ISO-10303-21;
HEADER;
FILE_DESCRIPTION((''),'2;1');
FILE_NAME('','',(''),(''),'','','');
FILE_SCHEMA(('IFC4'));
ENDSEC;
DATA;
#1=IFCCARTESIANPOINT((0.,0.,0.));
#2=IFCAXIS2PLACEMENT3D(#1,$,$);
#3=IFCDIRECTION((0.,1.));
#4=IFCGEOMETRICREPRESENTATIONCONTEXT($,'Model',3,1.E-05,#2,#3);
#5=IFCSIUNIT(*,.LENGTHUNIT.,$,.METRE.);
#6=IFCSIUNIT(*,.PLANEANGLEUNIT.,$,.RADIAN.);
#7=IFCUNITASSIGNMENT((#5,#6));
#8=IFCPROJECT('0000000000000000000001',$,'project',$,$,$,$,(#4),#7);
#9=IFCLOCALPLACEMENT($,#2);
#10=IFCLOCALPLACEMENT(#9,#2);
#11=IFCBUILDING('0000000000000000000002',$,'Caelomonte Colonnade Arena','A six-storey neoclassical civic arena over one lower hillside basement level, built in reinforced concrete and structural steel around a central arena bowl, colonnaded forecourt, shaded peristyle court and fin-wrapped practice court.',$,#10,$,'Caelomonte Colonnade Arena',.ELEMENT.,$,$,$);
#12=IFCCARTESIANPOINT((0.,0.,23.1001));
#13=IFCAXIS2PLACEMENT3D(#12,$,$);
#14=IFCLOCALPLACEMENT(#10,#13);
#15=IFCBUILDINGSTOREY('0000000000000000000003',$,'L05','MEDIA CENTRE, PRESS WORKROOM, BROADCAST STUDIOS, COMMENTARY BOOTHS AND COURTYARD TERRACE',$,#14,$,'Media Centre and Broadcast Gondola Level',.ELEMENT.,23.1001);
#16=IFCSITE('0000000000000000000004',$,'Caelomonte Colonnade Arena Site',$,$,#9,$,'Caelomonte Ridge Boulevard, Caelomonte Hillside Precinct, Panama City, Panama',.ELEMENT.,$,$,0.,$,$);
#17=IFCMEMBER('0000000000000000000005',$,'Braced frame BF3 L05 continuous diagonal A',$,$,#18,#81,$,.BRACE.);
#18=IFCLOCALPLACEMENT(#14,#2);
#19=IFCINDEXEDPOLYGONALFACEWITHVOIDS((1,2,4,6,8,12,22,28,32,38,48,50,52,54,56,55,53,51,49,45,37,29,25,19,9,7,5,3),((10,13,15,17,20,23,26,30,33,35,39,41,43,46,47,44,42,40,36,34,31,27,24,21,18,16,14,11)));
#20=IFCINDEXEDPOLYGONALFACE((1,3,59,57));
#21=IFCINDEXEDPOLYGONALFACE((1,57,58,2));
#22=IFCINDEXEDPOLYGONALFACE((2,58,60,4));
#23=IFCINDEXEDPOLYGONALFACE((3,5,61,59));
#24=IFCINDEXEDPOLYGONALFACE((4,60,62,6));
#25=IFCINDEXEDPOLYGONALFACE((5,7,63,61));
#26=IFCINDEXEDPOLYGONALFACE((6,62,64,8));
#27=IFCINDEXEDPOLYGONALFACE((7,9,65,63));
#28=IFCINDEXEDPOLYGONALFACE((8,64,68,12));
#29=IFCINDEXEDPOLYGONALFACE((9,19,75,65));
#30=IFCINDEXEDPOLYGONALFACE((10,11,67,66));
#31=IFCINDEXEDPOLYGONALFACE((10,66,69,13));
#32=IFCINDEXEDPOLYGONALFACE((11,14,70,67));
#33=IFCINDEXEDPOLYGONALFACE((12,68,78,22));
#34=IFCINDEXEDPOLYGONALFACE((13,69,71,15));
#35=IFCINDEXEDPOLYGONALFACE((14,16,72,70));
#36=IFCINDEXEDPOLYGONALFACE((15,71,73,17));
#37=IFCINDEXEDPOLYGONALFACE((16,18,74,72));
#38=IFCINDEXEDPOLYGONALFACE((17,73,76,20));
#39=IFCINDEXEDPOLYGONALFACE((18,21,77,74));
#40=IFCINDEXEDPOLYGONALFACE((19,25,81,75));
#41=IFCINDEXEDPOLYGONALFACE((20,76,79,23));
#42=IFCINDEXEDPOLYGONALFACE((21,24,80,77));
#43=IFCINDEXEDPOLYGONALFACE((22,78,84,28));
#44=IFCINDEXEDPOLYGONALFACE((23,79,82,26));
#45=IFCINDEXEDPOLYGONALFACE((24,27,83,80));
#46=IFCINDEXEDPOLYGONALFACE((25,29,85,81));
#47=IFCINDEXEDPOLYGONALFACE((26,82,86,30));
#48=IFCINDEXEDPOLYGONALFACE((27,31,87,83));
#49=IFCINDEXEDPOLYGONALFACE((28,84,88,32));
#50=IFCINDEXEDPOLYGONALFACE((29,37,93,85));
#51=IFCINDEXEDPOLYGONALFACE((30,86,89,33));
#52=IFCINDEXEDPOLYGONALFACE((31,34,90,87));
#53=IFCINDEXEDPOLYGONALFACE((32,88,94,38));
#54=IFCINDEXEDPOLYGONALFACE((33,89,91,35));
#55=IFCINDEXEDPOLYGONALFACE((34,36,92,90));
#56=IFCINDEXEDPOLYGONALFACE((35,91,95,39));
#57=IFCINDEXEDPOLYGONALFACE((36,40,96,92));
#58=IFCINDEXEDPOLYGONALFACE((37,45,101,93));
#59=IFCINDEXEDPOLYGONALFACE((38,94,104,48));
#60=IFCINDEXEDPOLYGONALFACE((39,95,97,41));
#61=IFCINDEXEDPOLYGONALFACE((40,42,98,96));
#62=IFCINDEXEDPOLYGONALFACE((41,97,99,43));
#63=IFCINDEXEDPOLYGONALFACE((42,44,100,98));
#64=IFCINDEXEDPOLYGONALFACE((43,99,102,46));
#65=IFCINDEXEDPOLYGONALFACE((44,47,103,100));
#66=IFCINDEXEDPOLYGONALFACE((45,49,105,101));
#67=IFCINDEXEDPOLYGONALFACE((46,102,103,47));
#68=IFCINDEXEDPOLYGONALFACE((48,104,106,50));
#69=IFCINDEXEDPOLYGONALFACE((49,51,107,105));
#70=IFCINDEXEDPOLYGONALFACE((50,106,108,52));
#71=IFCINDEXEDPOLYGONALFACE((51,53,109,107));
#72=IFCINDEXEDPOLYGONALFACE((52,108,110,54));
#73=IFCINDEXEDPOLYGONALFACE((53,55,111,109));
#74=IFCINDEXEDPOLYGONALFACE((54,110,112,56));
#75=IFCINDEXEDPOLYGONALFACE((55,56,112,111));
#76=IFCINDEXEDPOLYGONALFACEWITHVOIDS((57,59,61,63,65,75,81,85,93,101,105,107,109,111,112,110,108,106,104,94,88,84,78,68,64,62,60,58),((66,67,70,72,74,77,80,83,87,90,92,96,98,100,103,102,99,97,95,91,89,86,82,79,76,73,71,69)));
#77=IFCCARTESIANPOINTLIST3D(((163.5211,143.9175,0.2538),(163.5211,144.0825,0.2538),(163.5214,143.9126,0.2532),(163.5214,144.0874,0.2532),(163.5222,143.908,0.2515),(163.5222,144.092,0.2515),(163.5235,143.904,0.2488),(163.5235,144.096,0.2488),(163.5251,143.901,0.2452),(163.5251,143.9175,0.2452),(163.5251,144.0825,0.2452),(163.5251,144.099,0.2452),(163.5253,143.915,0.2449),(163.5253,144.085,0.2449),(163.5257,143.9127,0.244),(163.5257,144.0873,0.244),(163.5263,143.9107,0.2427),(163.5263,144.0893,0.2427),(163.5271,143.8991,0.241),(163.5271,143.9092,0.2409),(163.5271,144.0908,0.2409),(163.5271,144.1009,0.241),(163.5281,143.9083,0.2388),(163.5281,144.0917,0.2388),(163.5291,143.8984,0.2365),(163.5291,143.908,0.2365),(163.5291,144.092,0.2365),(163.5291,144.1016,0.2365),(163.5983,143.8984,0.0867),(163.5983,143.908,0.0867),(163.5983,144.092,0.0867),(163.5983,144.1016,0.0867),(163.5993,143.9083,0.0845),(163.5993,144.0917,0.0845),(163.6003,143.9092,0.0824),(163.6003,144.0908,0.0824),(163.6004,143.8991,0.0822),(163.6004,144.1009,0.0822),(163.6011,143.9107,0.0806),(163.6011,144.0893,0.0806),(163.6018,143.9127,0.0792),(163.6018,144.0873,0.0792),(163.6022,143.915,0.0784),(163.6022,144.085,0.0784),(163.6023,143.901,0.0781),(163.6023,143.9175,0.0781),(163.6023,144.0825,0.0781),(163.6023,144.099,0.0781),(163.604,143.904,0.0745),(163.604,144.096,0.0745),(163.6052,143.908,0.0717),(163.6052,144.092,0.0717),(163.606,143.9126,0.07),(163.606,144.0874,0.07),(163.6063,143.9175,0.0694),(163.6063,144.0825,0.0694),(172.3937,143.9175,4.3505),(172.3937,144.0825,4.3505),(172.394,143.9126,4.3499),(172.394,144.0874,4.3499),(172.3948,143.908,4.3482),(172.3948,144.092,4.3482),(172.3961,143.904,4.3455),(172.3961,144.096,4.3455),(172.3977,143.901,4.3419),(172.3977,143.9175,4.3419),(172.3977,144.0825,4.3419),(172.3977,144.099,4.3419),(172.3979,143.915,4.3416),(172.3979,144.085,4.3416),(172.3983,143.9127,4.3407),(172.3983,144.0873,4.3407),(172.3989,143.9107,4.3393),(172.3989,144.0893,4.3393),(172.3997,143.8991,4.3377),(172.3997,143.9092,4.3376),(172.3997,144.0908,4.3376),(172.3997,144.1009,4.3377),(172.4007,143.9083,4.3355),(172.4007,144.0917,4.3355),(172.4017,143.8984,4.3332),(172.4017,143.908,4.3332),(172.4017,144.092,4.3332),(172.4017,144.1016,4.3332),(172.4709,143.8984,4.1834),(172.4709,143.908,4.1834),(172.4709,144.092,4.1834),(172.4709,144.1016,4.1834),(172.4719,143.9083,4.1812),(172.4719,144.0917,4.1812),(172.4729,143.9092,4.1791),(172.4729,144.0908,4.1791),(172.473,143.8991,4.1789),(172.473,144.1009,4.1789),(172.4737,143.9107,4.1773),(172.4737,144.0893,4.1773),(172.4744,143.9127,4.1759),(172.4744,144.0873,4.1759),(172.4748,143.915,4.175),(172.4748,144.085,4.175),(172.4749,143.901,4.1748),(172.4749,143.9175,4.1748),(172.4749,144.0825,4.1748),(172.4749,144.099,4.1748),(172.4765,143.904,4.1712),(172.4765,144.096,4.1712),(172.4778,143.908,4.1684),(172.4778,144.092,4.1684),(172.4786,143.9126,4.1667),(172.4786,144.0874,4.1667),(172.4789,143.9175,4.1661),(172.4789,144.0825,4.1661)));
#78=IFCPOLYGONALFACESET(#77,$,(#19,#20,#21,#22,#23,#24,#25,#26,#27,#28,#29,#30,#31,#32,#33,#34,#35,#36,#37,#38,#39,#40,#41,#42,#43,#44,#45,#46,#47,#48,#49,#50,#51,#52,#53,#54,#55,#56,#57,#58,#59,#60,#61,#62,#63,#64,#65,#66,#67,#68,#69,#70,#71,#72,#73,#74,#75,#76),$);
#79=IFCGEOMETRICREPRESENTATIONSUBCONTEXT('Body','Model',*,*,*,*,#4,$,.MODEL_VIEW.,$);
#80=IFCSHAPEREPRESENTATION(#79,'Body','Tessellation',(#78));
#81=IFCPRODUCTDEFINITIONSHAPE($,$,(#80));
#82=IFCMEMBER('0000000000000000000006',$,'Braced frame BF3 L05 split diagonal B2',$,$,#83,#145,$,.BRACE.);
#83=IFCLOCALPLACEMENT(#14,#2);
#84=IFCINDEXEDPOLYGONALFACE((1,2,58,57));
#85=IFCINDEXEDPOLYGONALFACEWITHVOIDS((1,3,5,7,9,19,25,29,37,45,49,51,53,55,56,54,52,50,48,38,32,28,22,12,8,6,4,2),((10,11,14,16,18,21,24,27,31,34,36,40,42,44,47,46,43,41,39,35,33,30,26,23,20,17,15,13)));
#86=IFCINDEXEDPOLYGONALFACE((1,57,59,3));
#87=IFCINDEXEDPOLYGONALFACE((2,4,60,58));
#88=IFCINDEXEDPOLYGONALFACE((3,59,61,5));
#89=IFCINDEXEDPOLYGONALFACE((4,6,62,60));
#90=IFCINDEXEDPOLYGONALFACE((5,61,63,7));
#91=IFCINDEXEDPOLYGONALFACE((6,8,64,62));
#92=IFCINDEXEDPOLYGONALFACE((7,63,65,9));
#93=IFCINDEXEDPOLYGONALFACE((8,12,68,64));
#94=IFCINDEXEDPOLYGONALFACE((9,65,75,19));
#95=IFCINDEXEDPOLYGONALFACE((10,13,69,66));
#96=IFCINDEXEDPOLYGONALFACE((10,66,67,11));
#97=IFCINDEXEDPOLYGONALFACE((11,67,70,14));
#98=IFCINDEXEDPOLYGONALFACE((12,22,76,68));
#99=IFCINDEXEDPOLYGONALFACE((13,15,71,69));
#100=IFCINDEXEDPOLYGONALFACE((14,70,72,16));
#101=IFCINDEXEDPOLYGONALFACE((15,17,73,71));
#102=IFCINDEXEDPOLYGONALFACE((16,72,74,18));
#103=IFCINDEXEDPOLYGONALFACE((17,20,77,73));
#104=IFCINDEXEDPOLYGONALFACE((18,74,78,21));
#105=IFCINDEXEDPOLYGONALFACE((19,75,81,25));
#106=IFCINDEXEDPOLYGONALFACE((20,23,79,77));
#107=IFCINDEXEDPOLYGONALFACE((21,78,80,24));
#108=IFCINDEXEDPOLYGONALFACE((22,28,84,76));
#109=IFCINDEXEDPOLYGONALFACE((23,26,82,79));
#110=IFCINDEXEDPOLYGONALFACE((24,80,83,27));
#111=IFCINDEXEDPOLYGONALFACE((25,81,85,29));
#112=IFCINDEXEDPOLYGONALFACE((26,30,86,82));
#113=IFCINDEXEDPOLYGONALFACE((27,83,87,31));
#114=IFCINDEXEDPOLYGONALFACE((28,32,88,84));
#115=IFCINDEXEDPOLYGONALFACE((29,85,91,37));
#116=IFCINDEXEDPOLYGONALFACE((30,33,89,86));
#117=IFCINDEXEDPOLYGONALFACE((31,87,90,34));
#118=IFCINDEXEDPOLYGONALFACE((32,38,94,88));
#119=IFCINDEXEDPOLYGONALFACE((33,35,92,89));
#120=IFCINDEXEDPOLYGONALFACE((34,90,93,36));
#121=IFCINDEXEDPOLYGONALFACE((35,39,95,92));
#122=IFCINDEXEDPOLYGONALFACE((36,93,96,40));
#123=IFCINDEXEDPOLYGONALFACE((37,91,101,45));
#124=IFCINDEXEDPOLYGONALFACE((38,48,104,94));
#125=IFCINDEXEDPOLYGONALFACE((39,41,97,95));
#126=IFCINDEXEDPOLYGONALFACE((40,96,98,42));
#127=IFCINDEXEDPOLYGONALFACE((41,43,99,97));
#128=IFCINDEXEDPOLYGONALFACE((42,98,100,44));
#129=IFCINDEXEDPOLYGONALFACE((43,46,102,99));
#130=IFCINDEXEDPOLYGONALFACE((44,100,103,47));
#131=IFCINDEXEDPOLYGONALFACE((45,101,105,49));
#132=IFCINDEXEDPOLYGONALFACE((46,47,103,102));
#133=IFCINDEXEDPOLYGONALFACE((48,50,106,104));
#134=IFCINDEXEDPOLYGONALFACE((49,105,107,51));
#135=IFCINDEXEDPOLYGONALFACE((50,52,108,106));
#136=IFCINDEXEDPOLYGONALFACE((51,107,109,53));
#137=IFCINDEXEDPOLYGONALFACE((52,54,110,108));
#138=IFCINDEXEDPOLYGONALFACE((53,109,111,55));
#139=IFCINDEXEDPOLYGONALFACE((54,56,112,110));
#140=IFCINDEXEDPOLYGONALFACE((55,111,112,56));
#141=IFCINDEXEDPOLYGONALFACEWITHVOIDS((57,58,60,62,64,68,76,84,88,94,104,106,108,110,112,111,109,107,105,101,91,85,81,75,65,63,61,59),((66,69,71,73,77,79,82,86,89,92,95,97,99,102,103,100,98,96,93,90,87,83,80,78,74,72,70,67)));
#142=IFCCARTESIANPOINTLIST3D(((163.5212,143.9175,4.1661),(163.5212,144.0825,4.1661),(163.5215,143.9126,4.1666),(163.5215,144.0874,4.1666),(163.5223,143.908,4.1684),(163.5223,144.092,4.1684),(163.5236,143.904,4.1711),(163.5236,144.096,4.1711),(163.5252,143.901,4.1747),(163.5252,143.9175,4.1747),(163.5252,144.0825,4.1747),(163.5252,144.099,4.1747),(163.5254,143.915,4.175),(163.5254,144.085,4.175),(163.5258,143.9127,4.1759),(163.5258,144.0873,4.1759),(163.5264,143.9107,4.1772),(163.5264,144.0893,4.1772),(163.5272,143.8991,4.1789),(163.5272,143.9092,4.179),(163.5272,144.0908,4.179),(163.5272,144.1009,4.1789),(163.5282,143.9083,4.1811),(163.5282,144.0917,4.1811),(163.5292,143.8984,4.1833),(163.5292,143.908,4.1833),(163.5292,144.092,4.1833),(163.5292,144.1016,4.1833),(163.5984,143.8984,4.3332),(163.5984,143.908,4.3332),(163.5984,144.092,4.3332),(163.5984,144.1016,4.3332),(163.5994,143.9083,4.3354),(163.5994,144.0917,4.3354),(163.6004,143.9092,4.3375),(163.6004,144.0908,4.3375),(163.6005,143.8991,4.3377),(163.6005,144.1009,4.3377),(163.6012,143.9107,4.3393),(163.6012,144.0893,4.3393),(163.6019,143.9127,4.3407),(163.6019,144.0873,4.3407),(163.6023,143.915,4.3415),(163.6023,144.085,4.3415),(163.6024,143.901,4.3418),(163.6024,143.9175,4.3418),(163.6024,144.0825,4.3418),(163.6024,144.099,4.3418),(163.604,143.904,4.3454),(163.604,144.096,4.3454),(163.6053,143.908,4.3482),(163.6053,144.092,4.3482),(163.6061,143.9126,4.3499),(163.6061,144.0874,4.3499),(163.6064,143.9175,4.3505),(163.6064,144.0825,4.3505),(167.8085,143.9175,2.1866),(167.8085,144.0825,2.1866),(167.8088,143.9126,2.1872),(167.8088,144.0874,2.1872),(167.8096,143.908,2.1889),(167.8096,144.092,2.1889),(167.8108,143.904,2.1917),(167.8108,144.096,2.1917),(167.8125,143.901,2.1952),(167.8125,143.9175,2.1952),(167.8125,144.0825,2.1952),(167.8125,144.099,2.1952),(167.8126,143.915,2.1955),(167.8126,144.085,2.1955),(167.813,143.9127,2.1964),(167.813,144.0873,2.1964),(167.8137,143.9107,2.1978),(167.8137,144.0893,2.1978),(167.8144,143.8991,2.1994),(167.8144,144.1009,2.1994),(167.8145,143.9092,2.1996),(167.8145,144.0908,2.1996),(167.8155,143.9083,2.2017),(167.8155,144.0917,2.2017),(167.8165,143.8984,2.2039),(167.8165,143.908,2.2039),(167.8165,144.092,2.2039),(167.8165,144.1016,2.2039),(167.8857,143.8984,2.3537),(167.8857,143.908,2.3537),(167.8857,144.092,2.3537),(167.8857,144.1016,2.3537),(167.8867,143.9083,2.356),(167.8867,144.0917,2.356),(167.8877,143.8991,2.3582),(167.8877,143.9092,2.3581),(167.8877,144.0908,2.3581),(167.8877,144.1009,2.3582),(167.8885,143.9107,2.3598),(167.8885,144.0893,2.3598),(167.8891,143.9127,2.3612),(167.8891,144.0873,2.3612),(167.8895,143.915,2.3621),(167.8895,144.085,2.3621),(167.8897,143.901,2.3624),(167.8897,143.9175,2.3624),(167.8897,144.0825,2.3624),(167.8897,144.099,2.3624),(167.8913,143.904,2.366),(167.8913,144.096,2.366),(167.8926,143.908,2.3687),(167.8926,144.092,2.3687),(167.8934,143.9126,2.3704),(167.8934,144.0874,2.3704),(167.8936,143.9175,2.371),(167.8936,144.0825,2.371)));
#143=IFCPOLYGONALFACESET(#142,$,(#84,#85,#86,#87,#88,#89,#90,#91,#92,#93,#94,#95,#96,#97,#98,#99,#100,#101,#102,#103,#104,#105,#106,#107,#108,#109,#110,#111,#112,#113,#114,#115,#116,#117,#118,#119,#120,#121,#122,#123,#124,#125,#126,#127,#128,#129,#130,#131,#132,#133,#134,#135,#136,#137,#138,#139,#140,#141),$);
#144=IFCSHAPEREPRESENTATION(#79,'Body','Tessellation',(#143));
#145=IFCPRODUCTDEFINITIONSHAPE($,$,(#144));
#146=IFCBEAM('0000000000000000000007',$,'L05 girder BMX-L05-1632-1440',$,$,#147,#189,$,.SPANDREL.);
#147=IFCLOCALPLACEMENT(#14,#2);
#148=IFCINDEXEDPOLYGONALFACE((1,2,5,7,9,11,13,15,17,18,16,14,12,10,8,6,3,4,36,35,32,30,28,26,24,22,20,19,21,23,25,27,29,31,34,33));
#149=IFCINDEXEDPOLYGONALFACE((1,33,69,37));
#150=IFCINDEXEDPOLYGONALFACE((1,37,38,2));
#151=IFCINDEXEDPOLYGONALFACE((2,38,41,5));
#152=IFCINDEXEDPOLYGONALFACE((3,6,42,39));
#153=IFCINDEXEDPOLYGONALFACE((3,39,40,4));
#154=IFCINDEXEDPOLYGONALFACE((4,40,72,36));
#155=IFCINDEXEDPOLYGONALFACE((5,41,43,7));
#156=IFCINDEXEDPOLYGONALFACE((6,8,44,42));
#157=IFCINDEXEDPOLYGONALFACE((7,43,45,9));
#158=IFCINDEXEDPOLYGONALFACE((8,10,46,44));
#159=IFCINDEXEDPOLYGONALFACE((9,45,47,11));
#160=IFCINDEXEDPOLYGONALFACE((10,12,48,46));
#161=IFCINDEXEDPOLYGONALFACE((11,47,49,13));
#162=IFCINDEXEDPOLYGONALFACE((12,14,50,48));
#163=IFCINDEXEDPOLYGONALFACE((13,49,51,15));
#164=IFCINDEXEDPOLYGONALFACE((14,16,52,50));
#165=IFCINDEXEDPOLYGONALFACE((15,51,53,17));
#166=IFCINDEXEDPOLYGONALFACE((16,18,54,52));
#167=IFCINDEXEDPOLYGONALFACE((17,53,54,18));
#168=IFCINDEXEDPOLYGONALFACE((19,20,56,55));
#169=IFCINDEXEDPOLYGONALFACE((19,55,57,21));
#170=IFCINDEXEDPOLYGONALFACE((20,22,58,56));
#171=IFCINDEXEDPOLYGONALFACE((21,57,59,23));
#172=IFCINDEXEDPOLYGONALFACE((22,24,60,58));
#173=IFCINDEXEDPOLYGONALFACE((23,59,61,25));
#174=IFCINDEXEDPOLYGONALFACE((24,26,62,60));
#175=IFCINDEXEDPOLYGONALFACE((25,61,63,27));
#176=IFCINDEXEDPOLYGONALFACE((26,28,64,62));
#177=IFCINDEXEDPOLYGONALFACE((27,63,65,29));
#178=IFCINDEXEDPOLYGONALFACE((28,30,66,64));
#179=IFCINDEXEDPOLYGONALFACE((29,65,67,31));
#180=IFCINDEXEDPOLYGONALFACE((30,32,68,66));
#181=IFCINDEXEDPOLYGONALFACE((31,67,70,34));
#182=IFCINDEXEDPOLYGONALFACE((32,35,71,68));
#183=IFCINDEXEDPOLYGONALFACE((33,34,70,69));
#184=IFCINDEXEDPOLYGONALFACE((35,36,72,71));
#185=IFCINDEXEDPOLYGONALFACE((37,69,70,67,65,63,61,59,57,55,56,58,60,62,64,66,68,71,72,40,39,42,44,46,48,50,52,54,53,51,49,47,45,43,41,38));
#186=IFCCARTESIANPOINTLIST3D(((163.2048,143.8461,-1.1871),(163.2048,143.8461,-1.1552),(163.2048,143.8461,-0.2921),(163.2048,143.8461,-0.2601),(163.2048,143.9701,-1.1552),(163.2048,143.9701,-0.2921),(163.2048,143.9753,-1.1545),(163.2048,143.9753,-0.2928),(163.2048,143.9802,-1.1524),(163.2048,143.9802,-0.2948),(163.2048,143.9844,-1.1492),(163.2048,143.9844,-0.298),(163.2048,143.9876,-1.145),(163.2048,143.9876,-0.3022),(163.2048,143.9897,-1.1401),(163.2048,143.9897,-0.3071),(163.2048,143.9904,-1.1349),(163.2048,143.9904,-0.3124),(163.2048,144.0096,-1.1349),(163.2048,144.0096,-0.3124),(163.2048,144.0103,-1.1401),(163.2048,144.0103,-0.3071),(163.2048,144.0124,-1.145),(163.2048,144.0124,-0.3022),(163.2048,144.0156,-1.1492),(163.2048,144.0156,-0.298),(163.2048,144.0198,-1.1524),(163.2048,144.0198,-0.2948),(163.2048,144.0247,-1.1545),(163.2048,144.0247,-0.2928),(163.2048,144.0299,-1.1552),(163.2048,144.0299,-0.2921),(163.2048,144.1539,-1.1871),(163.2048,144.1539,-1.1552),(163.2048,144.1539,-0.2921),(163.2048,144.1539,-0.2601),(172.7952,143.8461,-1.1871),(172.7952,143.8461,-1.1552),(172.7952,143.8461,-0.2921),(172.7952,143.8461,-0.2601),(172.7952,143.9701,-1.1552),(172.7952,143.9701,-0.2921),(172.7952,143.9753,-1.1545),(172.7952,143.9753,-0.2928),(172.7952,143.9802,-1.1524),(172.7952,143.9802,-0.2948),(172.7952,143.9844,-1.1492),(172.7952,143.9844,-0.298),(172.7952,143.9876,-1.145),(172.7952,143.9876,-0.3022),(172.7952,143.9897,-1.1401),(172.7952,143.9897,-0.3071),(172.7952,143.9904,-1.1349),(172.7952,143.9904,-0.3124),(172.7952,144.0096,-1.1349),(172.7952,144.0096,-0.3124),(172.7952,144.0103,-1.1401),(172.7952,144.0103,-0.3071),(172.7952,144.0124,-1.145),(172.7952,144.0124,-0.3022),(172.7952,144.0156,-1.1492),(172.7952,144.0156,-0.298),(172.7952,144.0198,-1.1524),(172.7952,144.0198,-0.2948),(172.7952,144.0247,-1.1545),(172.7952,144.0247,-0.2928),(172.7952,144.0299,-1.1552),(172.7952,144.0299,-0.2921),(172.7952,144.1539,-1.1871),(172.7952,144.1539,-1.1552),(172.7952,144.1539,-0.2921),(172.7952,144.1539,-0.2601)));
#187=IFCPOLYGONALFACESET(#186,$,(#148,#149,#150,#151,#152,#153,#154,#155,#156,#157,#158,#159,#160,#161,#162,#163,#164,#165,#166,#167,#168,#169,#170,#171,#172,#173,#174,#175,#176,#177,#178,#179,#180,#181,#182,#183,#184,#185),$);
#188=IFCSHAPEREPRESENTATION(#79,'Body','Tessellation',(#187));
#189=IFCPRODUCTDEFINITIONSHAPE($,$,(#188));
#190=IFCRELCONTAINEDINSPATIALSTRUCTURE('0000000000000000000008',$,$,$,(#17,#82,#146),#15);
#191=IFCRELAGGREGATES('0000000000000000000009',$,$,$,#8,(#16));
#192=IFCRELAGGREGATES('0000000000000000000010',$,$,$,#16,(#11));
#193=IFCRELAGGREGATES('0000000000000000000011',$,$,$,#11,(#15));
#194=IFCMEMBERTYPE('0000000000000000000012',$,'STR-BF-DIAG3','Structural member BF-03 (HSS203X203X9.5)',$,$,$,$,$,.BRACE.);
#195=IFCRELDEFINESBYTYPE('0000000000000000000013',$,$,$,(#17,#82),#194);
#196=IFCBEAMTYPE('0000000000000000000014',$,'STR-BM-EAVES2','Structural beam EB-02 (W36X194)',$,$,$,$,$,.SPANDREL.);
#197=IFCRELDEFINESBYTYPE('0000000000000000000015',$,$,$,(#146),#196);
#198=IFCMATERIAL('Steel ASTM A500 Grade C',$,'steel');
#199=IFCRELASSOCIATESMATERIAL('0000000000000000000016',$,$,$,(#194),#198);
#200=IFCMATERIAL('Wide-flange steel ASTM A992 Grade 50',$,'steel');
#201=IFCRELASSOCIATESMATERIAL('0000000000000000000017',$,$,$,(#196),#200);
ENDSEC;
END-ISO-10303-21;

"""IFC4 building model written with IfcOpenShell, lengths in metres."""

from ifc_helpers import new_model, si_unit, direction, frame, origin, origin_2d, place, context, subcontext, project, spatial, hollow_rectangle, i_section, extrude, material, material_profile, profile_set, type_object, element, save


model = new_model("IFC4")

# Units and contexts
model_context = context("Model", 3, precision=1e-05, world=origin(), true_north=direction((0.0, 1.0)))
body_context = subcontext(model_context, "Body", "Model", "MODEL_VIEW")
ifc_project = project(units=[si_unit("LENGTHUNIT", "METRE"), si_unit("PLANEANGLEUNIT", "RADIAN")], contexts=[model_context])

# Site, building, storey
site_placement = place(None, origin())
site = spatial("IfcSite", under=ifc_project, at=site_placement, Name="Caelomonte Colonnade Arena Site", LongName="Caelomonte Ridge Boulevard, Caelomonte Hillside Precinct, Panama City, Panama", CompositionType="ELEMENT", RefElevation=0.0)
building_placement = place(site_placement, origin())
building = spatial("IfcBuilding", under=site, at=building_placement, Name="Caelomonte Colonnade Arena", Description="A six-storey neoclassical civic arena over one lower hillside basement level, built in reinforced concrete and structural steel around a central arena bowl, colonnaded forecourt, shaded peristyle court and fin-wrapped practice court.", LongName="Caelomonte Colonnade Arena", CompositionType="ELEMENT")
storey_placement = place(building_placement, frame((0.0, 0.0, 23.1001)))
storey = spatial("IfcBuildingStorey", under=building, at=storey_placement, Name="L05", Description="MEDIA CENTRE, PRESS WORKROOM, BROADCAST STUDIOS, COMMENTARY BOOTHS AND COURTYARD TERRACE", LongName="Media Centre and Broadcast Gondola Level", CompositionType="ELEMENT", Elevation=23.1001)

# Shared definitions
ifc_material_1 = material(Name="Wide-flange steel ASTM A992 Grade 50", Category="steel")

# Members
ifc_material_2 = material(Name="Steel ASTM A500 Grade C", Category="steel")
ifc_material_profile_1 = material_profile(ifc_material_2, hollow_rectangle(XDim=0.2031, YDim=0.2031, WallThickness=0.0095, InnerFilletRadius=0.0095, OuterFilletRadius=0.019, at=origin_2d()), Name="HSS203X203X9.5")
ifc_profile_set_1 = profile_set([ifc_material_profile_1], Name="Steel ASTM A500 Grade C")
member_type = type_object("IfcMemberType", Name="STR-BF-DIAG3", Description="Structural member BF-03 (HSS203X203X9.5)", PredefinedType="BRACE", material=ifc_profile_set_1)
member_1_placement = place(storey_placement, frame((163.5637, 144.0, 0.1616), z_axis=(0.907895, 0.0, 0.419198), x_axis=(0.0, 1.0, 0.0)))
element("IfcMember", 1, at=member_1_placement, inside=storey, type_object=member_type, Name="Braced frame BF3 L05 continuous diagonal A", PredefinedType="BRACE", context=body_context, shape_type="SweptSolid", body=[
    extrude(hollow_rectangle(XDim=0.2031, YDim=0.2031, WallThickness=0.0095, InnerFilletRadius=0.0095, OuterFilletRadius=0.019, at=origin_2d()), origin(), (0.0, 0.0, 1.0), 9.7727),
])
member_2_placement = place(storey_placement, frame((167.8511, 144.0, 2.2788), z_axis=(-0.907902, 0.0, 0.419183), x_axis=(0.0, -1.0, 0.0)))
element("IfcMember", 2, at=member_2_placement, inside=storey, type_object=member_type, Name="Braced frame BF3 L05 split diagonal B2", PredefinedType="BRACE", context=body_context, shape_type="SweptSolid", body=[
    extrude(hollow_rectangle(XDim=0.2031, YDim=0.2031, WallThickness=0.0095, InnerFilletRadius=0.0095, OuterFilletRadius=0.019, at=origin_2d()), origin(), (0.0, 0.0, 1.0), 4.7222),
])

# Beam
ifc_material_profile_2 = material_profile(ifc_material_1, i_section(OverallWidth=0.3079, OverallDepth=0.927, WebThickness=0.0193, FlangeThickness=0.032, FilletRadius=0.0203, at=origin_2d()), Name="W36X194")
ifc_profile_set_2 = profile_set([ifc_material_profile_2], Name="Wide-flange steel ASTM A992 Grade 50")
beam_type_1 = type_object("IfcBeamType", Name="STR-BM-EAVES2", Description="Structural beam EB-02 (W36X194)", PredefinedType="SPANDREL", material=ifc_profile_set_2)
beam_1_placement = place(storey_placement, frame((163.2048, 144.0, -0.7236), z_axis=(1.0, 0.0, 0.0), x_axis=(0.0, 1.0, 0.0)))
element("IfcBeam", 3, at=beam_1_placement, inside=storey, type_object=beam_type_1, Name="L05 girder BMX-L05-1632-1440", PredefinedType="SPANDREL", context=body_context, shape_type="SweptSolid", body=[
    extrude(i_section(OverallWidth=0.3079, OverallDepth=0.927, WebThickness=0.0193, FlangeThickness=0.032, FilletRadius=0.0203, at=origin_2d()), origin(), (0.0, 0.0, 1.0), 9.5903),
])

save(model, "model.ifc")
